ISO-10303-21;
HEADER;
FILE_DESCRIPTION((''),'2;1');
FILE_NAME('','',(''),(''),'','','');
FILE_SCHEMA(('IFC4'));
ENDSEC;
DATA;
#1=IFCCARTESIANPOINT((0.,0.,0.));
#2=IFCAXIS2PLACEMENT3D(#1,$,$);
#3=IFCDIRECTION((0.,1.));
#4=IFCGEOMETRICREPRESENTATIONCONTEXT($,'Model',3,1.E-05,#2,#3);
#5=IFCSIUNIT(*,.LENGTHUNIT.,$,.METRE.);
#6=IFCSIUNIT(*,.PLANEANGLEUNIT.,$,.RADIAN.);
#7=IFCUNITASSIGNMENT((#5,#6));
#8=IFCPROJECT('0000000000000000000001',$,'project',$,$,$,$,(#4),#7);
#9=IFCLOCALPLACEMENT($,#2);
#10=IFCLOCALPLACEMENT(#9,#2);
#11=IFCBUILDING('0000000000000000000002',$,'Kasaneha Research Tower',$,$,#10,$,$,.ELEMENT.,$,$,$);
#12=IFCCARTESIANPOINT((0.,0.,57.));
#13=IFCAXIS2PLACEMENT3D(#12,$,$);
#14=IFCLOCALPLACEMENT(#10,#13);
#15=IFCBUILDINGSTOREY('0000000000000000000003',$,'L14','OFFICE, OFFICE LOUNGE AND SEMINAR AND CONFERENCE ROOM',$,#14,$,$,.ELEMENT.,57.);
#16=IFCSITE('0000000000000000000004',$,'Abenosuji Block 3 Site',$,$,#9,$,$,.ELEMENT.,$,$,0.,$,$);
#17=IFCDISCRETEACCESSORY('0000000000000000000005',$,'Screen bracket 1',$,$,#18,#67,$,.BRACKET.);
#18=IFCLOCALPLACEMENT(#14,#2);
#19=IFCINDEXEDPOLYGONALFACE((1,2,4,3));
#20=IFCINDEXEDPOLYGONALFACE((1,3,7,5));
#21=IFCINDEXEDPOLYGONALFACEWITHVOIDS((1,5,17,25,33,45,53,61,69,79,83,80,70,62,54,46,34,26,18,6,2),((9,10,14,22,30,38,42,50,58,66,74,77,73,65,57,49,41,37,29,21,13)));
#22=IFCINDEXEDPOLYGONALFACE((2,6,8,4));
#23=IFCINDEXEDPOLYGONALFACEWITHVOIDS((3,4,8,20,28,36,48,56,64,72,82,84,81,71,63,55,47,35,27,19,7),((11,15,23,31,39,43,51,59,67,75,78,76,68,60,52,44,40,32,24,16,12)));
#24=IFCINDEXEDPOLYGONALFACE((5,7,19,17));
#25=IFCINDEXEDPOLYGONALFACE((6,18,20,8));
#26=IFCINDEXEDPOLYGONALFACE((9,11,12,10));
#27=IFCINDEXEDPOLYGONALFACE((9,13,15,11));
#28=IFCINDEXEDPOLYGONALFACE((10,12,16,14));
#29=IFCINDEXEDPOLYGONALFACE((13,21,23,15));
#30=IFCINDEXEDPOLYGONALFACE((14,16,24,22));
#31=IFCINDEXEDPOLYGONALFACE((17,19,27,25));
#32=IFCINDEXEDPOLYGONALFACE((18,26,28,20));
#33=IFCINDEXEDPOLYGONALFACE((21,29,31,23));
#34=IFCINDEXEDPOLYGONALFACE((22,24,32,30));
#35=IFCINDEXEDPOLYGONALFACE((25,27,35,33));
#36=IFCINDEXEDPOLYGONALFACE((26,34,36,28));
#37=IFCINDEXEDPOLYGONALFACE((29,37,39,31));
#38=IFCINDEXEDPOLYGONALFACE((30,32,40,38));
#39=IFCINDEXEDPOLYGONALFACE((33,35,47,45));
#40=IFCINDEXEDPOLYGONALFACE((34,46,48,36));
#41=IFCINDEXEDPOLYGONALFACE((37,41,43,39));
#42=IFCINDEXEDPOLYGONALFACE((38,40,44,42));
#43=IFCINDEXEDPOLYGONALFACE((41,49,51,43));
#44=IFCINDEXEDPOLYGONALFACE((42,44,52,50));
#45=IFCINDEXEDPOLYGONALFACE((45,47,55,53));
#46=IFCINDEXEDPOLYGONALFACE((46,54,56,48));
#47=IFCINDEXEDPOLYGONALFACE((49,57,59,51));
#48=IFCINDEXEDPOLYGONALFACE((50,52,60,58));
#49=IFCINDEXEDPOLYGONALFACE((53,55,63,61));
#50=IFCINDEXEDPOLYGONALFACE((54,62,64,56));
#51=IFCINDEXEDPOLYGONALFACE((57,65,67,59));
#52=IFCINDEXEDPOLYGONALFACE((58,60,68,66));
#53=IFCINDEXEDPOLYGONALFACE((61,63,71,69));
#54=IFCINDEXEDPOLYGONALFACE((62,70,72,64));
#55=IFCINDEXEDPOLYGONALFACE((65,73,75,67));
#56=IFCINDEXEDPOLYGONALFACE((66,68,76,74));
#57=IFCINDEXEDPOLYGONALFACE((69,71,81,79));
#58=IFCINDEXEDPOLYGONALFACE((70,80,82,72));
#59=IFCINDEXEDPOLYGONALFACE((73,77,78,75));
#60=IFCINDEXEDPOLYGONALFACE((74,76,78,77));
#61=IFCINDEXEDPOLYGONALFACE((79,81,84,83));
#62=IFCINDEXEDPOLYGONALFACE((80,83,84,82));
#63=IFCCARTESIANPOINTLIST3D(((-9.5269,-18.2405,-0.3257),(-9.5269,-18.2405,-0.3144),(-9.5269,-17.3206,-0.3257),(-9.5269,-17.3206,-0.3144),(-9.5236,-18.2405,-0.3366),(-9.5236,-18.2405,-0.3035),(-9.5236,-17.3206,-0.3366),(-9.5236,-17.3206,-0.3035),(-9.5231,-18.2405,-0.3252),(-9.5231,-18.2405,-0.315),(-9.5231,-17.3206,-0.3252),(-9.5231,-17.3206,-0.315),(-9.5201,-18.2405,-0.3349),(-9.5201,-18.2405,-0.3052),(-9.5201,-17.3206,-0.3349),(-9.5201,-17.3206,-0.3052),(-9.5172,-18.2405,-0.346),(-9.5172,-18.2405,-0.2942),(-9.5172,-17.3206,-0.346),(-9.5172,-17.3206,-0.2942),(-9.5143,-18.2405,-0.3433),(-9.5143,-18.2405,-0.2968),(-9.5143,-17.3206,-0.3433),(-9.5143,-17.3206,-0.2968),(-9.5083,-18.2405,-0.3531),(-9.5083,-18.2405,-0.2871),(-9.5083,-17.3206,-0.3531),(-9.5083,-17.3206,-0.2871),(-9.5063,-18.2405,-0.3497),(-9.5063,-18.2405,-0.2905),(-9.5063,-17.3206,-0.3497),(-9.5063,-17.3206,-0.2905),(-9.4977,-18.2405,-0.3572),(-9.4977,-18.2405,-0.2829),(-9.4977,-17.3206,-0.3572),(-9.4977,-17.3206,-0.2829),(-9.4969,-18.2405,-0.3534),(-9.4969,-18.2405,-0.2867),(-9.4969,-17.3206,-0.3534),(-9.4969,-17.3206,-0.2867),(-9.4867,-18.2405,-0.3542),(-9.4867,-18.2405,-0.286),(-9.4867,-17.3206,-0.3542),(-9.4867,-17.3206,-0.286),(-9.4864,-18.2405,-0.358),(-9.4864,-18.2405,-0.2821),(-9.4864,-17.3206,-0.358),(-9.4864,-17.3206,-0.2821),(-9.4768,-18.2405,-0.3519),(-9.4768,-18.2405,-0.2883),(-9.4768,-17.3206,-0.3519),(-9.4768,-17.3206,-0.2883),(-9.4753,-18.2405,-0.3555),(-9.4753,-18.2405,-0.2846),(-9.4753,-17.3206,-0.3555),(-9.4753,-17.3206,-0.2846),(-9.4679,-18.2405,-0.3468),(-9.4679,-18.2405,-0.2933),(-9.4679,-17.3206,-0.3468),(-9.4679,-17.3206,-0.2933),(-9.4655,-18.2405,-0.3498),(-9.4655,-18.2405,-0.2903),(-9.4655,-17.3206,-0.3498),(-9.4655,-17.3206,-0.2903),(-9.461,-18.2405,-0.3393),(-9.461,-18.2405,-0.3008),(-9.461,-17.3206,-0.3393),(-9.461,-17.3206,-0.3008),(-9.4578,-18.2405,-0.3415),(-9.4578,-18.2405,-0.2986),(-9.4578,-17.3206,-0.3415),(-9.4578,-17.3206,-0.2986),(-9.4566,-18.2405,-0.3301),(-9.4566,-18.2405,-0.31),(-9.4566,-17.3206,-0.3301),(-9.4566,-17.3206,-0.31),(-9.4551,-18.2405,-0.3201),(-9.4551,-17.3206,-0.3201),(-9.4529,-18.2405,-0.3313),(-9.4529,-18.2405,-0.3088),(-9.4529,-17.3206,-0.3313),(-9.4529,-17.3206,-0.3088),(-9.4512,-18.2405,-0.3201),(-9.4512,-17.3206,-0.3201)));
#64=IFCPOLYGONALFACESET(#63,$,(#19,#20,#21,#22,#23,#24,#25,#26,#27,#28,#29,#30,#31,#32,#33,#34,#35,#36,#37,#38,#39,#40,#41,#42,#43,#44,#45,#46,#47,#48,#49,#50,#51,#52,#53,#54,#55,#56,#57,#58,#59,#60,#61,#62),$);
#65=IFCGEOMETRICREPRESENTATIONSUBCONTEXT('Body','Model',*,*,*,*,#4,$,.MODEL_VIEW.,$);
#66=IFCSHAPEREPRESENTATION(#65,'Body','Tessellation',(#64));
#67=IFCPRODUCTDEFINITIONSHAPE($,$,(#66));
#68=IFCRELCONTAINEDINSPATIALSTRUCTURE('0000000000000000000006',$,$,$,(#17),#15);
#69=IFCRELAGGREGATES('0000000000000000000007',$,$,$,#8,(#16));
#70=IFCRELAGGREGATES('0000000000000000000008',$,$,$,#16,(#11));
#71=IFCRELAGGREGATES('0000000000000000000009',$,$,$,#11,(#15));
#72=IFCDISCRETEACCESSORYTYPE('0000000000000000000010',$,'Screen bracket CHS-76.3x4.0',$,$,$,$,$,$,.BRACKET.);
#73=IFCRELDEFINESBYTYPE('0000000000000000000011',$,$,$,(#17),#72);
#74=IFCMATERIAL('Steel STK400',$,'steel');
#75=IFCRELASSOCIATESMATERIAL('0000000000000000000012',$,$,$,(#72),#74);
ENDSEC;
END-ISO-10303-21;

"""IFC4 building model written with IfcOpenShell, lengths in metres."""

from ifc_helpers import new_model, si_unit, direction, frame, origin, origin_2d, place, context, subcontext, project, spatial, hollow_circle, extrude, material, material_profile, profile_set, type_object, element, save


model = new_model("IFC4")

# Units and contexts
model_context = context("Model", 3, precision=1e-05, world=origin(), true_north=direction((0.0, 1.0)))
body_context = subcontext(model_context, "Body", "Model", "MODEL_VIEW")
ifc_project = project(units=[si_unit("LENGTHUNIT", "METRE"), si_unit("PLANEANGLEUNIT", "RADIAN")], contexts=[model_context])

# Site, building, storey
site_placement = place(None, origin())
site = spatial("IfcSite", under=ifc_project, at=site_placement, Name="Abenosuji Block 3 Site", CompositionType="ELEMENT", RefElevation=0.0)
building_placement = place(site_placement, origin())
building = spatial("IfcBuilding", under=site, at=building_placement, Name="Kasaneha Research Tower", CompositionType="ELEMENT")
storey_placement = place(building_placement, frame((0.0, 0.0, 57.0)))
storey = spatial("IfcBuildingStorey", under=building, at=storey_placement, Name="L14", Description="OFFICE, OFFICE LOUNGE AND SEMINAR AND CONFERENCE ROOM", CompositionType="ELEMENT", Elevation=57.0)

# Discrete accessory
ifc_material_1 = material(Name="Steel STK400", Category="steel")
ifc_material_profile_1 = material_profile(ifc_material_1, hollow_circle(Radius=0.0381, WallThickness=0.0039, at=origin_2d()), Name="CHS-76.3x4.0")
ifc_profile_set_1 = profile_set([ifc_material_profile_1], Name="Steel STK400")
discrete_accessory_type = type_object("IfcDiscreteAccessoryType", Name="Screen bracket CHS-76.3x4.0", PredefinedType="BRACKET", material=ifc_profile_set_1)
for number, where, z_axis, x_axis, name in (
    (1, (-9.4893, -17.3206, -0.3201), (0.0, -1.0, 0.0), (1.0, 0.0, 0.0), "Screen bracket 1"),
):
    element("IfcDiscreteAccessory", number, at=place(storey_placement, frame(where, z_axis=z_axis, x_axis=x_axis)), inside=storey, type_object=discrete_accessory_type, Name=name, PredefinedType="BRACKET", context=body_context, shape_type="SweptSolid", body=[
        extrude(hollow_circle(Radius=0.0381, WallThickness=0.0039, at=origin_2d()), origin(), (0.0, 0.0, 1.0), 0.9199),
    ])

save(model, "model.ifc")
